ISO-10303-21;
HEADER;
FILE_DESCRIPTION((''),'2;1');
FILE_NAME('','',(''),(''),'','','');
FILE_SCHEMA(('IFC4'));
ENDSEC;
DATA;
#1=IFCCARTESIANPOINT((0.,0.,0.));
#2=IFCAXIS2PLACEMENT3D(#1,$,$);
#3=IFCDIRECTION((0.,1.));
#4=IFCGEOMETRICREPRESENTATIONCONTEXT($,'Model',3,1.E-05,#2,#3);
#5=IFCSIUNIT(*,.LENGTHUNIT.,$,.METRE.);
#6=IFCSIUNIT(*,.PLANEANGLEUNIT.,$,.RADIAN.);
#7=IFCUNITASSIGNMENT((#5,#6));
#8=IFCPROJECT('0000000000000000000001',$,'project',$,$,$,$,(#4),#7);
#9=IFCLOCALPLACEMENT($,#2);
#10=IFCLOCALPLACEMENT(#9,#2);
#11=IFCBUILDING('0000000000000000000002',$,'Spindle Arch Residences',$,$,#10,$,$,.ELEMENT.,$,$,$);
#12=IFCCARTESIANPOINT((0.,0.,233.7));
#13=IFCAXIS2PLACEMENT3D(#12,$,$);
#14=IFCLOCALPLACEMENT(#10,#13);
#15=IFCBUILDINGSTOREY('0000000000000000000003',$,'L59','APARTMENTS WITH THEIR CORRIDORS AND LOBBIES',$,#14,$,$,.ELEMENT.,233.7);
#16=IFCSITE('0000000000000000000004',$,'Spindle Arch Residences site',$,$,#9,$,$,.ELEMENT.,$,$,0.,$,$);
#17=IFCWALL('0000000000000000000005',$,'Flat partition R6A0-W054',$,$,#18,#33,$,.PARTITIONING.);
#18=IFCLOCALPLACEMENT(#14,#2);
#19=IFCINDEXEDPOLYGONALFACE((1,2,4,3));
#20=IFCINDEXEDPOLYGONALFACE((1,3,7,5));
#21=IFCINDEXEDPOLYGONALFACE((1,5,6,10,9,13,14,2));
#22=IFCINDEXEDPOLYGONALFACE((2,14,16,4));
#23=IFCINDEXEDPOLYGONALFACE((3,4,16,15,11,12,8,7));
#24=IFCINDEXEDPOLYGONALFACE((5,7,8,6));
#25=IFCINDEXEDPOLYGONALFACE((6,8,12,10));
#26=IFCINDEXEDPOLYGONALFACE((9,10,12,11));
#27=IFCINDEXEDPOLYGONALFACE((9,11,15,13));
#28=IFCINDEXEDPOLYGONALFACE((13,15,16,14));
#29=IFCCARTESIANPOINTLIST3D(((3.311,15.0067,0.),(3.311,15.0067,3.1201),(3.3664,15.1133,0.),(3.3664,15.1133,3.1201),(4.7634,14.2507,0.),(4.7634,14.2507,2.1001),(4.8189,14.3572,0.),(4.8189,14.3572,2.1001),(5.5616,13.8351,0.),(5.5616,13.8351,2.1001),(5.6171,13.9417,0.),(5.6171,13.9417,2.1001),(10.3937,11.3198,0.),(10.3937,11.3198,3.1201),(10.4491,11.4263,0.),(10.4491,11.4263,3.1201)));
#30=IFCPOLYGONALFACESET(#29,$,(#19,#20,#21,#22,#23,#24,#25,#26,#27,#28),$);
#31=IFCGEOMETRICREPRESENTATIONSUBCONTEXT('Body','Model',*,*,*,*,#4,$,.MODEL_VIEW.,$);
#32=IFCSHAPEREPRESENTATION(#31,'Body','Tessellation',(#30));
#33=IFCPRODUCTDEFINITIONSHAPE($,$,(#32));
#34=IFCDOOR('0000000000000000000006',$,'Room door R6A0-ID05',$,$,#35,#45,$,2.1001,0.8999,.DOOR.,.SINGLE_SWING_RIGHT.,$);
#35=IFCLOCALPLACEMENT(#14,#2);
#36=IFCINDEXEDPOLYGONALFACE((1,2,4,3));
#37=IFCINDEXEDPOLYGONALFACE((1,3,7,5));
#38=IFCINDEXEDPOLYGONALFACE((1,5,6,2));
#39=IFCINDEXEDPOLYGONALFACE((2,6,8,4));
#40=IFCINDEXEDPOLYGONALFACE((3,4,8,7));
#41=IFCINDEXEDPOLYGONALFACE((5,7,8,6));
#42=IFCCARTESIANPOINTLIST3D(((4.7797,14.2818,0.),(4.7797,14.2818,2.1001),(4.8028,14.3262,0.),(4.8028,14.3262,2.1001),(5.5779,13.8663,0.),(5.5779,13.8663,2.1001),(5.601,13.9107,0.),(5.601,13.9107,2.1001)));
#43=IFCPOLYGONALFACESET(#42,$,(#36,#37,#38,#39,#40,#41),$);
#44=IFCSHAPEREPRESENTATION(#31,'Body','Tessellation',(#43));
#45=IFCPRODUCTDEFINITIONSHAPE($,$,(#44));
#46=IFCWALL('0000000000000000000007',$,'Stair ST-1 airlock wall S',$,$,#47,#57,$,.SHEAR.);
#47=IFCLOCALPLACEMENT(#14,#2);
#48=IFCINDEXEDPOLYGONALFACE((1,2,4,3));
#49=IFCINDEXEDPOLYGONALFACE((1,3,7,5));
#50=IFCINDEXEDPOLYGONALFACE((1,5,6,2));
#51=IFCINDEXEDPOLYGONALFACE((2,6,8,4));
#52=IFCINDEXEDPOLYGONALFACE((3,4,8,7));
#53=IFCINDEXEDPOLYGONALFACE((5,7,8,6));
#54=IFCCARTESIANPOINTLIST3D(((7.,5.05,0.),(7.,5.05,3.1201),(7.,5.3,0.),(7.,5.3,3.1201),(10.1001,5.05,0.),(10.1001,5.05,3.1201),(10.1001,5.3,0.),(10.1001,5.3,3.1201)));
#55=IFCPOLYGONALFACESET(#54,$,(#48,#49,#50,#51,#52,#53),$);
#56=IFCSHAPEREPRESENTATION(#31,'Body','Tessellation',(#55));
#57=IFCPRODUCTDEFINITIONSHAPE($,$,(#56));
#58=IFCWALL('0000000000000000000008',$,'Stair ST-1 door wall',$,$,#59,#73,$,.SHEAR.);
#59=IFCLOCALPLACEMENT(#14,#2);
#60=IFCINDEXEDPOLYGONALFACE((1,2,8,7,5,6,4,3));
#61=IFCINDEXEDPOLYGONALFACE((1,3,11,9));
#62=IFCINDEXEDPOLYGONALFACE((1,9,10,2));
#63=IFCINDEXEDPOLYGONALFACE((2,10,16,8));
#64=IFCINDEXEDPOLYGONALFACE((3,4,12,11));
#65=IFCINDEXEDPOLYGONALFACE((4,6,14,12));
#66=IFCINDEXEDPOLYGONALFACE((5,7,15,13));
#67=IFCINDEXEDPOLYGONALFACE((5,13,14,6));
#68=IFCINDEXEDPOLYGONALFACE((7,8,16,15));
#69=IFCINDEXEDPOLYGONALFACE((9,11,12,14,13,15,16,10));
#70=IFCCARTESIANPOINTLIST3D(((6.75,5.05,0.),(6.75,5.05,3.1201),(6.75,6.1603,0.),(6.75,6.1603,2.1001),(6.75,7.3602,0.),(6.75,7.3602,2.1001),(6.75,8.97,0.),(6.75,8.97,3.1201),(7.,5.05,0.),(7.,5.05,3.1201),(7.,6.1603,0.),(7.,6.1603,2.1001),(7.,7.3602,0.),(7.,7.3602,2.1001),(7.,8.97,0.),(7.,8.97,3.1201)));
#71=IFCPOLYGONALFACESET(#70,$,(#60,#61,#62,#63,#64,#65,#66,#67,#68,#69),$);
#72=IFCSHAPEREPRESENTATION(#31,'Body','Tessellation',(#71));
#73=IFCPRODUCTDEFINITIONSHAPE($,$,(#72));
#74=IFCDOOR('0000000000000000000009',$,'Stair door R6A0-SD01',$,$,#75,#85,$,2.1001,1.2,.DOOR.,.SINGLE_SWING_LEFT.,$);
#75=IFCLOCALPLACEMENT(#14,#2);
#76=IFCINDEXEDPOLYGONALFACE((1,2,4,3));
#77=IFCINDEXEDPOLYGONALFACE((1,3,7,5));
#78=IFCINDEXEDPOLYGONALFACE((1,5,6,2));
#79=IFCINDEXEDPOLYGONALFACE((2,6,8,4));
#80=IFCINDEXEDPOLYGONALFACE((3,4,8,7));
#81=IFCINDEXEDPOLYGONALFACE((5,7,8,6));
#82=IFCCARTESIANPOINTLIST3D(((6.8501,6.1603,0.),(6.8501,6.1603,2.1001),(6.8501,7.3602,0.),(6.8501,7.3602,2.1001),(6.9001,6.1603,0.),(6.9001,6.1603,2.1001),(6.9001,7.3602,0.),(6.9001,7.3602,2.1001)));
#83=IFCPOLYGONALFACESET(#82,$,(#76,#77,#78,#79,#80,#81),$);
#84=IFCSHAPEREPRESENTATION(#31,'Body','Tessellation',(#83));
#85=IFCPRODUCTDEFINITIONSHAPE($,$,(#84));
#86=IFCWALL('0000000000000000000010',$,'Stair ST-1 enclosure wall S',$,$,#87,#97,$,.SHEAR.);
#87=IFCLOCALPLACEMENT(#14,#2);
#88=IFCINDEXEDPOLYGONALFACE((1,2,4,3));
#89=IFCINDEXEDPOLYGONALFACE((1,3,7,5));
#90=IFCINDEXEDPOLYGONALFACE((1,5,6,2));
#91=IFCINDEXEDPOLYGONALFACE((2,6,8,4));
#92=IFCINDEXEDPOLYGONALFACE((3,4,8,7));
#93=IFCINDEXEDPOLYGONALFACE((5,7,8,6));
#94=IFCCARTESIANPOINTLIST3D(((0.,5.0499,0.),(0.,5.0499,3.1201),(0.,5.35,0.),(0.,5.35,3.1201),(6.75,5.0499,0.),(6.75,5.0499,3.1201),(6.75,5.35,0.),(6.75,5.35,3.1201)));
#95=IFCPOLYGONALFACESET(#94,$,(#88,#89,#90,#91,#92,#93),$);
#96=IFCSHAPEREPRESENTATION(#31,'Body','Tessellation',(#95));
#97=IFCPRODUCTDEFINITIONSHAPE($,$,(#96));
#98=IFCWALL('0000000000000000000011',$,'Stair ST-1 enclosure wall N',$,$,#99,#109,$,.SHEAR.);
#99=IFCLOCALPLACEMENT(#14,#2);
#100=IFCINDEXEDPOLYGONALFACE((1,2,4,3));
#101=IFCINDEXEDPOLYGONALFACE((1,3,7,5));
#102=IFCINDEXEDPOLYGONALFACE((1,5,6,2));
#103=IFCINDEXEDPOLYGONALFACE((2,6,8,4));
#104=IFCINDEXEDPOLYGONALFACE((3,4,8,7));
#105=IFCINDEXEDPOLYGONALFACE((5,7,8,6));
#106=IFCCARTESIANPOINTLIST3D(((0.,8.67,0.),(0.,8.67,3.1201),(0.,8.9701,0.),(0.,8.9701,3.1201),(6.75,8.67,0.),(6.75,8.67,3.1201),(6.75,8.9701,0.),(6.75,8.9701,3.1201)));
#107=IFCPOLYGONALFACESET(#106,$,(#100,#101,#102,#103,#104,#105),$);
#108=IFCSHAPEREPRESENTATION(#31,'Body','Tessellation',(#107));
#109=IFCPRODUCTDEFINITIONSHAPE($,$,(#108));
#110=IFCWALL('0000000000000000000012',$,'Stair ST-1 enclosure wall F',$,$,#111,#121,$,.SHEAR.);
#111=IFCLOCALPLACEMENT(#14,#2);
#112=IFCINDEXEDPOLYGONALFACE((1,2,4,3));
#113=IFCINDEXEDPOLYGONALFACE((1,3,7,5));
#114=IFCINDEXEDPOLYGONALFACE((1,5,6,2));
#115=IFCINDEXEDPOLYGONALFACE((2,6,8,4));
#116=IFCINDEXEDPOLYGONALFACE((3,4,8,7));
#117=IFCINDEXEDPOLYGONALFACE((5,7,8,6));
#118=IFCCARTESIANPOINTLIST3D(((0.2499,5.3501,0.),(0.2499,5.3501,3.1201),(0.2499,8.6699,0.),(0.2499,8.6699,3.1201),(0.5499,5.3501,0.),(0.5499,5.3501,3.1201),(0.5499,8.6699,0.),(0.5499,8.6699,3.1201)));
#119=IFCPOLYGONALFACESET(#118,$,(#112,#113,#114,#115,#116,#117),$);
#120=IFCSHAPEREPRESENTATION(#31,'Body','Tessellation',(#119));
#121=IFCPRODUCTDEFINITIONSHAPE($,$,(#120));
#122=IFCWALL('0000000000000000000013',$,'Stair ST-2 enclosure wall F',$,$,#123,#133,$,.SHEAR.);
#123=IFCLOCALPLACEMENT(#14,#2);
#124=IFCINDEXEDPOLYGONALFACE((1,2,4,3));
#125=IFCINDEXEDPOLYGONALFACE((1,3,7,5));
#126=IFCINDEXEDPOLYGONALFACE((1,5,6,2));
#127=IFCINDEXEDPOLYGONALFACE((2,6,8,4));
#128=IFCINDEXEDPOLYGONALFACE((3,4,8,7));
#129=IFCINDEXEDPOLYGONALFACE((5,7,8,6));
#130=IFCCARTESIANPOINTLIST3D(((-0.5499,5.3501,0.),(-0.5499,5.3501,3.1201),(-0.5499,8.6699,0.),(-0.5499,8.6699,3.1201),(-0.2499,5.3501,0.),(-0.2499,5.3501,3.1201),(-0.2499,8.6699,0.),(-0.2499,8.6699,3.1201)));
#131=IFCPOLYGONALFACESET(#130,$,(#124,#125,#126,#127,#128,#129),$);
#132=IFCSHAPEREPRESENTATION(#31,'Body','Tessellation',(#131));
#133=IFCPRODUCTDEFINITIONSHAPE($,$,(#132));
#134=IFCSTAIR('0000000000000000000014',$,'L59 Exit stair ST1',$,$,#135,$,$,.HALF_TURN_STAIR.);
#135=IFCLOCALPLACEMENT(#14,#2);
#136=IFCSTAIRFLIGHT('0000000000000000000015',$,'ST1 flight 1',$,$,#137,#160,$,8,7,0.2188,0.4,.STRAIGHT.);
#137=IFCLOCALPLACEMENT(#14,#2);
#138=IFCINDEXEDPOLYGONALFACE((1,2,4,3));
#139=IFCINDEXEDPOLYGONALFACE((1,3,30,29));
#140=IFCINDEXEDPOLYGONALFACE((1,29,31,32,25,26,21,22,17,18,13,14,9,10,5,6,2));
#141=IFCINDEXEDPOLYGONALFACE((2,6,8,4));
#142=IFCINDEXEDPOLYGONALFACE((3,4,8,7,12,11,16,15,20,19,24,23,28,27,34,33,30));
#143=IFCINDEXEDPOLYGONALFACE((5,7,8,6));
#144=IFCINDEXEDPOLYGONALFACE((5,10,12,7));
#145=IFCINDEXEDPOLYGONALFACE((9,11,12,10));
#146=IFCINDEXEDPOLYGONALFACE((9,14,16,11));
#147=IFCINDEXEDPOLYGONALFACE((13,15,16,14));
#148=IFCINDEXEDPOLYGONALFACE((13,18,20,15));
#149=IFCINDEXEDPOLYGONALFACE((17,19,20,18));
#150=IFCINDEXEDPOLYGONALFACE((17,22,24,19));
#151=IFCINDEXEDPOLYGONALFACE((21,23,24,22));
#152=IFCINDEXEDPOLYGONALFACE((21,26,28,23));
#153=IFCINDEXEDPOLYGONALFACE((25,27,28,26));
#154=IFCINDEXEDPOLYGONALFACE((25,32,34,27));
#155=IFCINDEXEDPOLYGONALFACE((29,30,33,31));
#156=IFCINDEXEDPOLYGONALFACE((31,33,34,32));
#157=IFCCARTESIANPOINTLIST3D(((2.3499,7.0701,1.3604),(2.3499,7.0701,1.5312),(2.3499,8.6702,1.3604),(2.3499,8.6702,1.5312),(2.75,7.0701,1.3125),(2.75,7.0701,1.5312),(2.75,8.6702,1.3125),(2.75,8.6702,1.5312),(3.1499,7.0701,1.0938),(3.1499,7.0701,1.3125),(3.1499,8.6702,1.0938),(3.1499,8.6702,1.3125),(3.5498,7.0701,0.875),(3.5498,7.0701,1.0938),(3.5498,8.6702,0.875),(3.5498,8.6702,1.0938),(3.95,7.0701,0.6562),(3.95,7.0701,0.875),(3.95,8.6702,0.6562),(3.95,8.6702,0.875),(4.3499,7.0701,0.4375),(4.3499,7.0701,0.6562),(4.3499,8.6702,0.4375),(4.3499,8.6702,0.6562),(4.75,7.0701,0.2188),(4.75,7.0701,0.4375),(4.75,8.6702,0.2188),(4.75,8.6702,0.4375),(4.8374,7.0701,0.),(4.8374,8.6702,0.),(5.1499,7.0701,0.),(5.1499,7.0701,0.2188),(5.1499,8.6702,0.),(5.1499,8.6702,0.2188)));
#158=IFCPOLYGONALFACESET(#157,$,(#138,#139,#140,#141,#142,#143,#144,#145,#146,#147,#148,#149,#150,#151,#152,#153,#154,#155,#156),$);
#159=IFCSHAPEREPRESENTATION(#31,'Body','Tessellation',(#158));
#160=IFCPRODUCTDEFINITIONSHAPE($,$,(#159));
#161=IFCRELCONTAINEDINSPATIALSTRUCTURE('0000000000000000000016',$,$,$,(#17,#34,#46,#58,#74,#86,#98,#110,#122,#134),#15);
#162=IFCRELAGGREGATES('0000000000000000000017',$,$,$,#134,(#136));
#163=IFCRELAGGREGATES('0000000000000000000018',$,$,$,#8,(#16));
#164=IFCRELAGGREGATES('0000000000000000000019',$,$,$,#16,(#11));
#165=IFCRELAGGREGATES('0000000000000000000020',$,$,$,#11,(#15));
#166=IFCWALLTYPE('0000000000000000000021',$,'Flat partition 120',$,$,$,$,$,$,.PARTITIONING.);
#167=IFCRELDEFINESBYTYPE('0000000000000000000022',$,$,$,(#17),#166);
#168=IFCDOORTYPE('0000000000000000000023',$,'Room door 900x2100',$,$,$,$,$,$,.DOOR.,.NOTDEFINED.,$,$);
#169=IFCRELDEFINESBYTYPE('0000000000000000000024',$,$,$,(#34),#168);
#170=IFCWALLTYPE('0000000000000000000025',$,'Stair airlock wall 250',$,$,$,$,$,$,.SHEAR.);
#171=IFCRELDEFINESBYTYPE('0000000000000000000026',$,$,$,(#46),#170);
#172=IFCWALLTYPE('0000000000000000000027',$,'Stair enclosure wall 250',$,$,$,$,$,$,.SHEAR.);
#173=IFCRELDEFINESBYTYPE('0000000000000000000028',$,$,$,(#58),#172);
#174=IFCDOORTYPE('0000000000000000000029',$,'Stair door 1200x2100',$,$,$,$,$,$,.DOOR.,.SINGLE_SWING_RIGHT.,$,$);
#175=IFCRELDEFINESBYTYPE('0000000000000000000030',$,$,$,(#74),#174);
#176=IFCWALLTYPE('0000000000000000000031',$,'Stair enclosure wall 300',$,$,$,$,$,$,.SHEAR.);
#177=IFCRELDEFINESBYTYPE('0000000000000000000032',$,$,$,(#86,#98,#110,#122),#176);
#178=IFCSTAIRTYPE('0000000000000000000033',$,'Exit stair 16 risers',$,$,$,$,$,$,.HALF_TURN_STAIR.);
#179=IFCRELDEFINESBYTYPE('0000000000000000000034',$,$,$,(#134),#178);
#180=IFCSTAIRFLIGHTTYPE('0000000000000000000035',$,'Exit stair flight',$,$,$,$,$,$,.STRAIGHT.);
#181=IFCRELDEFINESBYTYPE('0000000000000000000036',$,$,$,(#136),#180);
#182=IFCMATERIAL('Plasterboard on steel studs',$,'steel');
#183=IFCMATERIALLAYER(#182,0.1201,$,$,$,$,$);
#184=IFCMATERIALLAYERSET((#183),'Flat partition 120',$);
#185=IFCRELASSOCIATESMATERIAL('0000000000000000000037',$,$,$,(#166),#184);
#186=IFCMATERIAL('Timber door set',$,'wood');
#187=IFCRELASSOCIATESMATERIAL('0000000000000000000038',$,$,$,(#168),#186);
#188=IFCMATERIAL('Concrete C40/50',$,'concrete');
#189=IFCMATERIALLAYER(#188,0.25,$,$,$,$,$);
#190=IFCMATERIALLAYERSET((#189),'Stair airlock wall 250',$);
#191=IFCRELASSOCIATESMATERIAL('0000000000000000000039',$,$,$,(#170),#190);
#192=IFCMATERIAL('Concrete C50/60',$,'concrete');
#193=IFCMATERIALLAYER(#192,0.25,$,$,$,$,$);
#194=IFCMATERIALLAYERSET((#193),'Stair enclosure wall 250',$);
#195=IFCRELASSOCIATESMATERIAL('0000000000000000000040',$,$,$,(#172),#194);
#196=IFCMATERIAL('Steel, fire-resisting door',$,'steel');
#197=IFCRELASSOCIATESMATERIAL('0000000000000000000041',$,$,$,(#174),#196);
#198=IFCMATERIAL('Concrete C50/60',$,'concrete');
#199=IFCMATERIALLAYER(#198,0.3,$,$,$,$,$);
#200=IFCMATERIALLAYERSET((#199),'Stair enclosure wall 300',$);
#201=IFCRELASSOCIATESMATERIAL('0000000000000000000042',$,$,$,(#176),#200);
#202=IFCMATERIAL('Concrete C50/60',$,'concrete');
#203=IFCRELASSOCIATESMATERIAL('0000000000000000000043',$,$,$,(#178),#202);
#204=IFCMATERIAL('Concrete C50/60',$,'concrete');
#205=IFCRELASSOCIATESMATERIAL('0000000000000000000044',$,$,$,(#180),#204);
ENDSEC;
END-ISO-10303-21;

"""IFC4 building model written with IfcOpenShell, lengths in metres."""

from ifc_helpers import new_model, si_unit, direction, frame, frame_2d, origin, place, context, subcontext, project, spatial, polyline, rectangle, outline, extrude, material, layer, layer_set, type_object, element, fill, aggregate, save


model = new_model("IFC4")

# Units and contexts
model_context = context("Model", 3, precision=1e-05, world=origin(), true_north=direction((0.0, 1.0)))
body_context = subcontext(model_context, "Body", "Model", "MODEL_VIEW")
ifc_project = project(units=[si_unit("LENGTHUNIT", "METRE"), si_unit("PLANEANGLEUNIT", "RADIAN")], contexts=[model_context])

# Site, building, storey
site_placement = place(None, origin())
site = spatial("IfcSite", under=ifc_project, at=site_placement, Name="Spindle Arch Residences site", CompositionType="ELEMENT", RefElevation=0.0)
building_placement = place(site_placement, origin())
building = spatial("IfcBuilding", under=site, at=building_placement, Name="Spindle Arch Residences", CompositionType="ELEMENT")
storey_placement = place(building_placement, frame((0.0, 0.0, 233.7)))
storey = spatial("IfcBuildingStorey", under=building, at=storey_placement, Name="L59", Description="APARTMENTS WITH THEIR CORRIDORS AND LOBBIES", CompositionType="ELEMENT", Elevation=233.7)

# Wall, opening, door
ifc_material_1 = material(Name="Plasterboard on steel studs", Category="steel")
ifc_layer_1 = layer(ifc_material_1, 0.1201)
ifc_layer_set_1 = layer_set([ifc_layer_1], Name="Flat partition 120")
wall_type_1 = type_object("IfcWallType", Name="Flat partition 120", PredefinedType="PARTITIONING", material=ifc_layer_set_1)
ifc_material_2 = material(Name="Timber door set", Category="wood")
door_type_1 = type_object("IfcDoorType", Name="Room door 900x2100", OperationType="NOTDEFINED", PredefinedType="DOOR", material=ifc_material_2)
wall_1_placement = place(storey_placement, frame((10.4214, 11.373, 0.0), z_axis=(0.0, 0.0, 1.0), x_axis=(-0.887013, 0.461745, 0.0)))
wall_1 = element("IfcWall", 1, at=wall_1_placement, inside=storey, type_object=wall_type_1, Name="Flat partition R6A0-W054", PredefinedType="PARTITIONING", context=body_context, shape_type="SweptSolid", body=[
    extrude(rectangle(XDim=7.9849, YDim=0.1201, at=frame_2d((3.9924, 0.0))), origin(), (0.0, 0.0, 1.0), 3.1201),
])
opening_1_placement = place(wall_1_placement, frame((5.4475, 0.0, 0.0)))
opening_1 = element("IfcOpeningElement", 2, at=opening_1_placement, cuts=wall_1, PredefinedType="OPENING", context=body_context, shape_type="SweptSolid", body=[
    extrude(rectangle(XDim=0.8999, YDim=2.1001, at=frame_2d((0.45, 1.05))), frame((0.0, 0.0701, 0.0), z_axis=(0.0, -1.0, 0.0), x_axis=(1.0, 0.0, 0.0)), (0.0, 0.0, 1.0), 0.1401),
])
door_1_placement = place(opening_1_placement, origin())
door_1 = element("IfcDoor", 3, at=door_1_placement, inside=storey, type_object=door_type_1, Name="Room door R6A0-ID05", OperationType="SINGLE_SWING_RIGHT", OverallHeight=2.1001, OverallWidth=0.8999, PredefinedType="DOOR", context=body_context, shape_type="SweptSolid", body=[
    extrude(rectangle(XDim=0.8999, YDim=2.1001, at=frame_2d((0.45, 1.05))), frame((0.0, 0.0249, 0.0), z_axis=(0.0, -1.0, 0.0), x_axis=(1.0, 0.0, 0.0)), (0.0, 0.0, 1.0), 0.05),
])
fill(opening_1, door_1)

# Wall
ifc_material_3 = material(Name="Concrete C40/50", Category="concrete")
ifc_layer_2 = layer(ifc_material_3, 0.25)
ifc_layer_set_2 = layer_set([ifc_layer_2], Name="Stair airlock wall 250")
wall_type_2 = type_object("IfcWallType", Name="Stair airlock wall 250", PredefinedType="SHEAR", material=ifc_layer_set_2)
wall_2_placement = place(storey_placement, frame((7.0, 5.175, 0.0), z_axis=(0.0, 0.0, 1.0), x_axis=(1.0, 0.0, 0.0)))
element("IfcWall", 4, at=wall_2_placement, inside=storey, type_object=wall_type_2, Name="Stair ST-1 airlock wall S", PredefinedType="SHEAR", context=body_context, shape_type="SweptSolid", body=[
    extrude(rectangle(XDim=3.1001, YDim=0.25, at=frame_2d((1.55, 0.0))), origin(), (0.0, 0.0, 1.0), 3.1201),
])

# Wall, opening, door
ifc_material_4 = material(Name="Concrete C50/60", Category="concrete")
ifc_layer_3 = layer(ifc_material_4, 0.25)
ifc_layer_set_3 = layer_set([ifc_layer_3], Name="Stair enclosure wall 250")
wall_type_3 = type_object("IfcWallType", Name="Stair enclosure wall 250", PredefinedType="SHEAR", material=ifc_layer_set_3)
wall_3_placement = place(storey_placement, frame((6.875, 5.05, 0.0), z_axis=(0.0, 0.0, 1.0), x_axis=(0.0, 1.0, 0.0)))
wall_3 = element("IfcWall", 5, at=wall_3_placement, inside=storey, type_object=wall_type_3, Name="Stair ST-1 door wall", PredefinedType="SHEAR", context=body_context, shape_type="SweptSolid", body=[
    extrude(rectangle(XDim=3.9199, YDim=0.25, at=frame_2d((1.96, 0.0))), origin(), (0.0, 0.0, 1.0), 3.1201),
])
opening_2_placement = place(wall_3_placement, frame((1.1101, 0.0, 0.0)))
opening_2 = element("IfcOpeningElement", 6, at=opening_2_placement, cuts=wall_3, PredefinedType="OPENING", context=body_context, shape_type="SweptSolid", body=[
    extrude(rectangle(XDim=1.2, YDim=2.1001, at=frame_2d((0.6001, 1.05))), frame((0.0, 0.135, 0.0), z_axis=(0.0, -1.0, 0.0), x_axis=(1.0, 0.0, 0.0)), (0.0, 0.0, 1.0), 0.27),
])
ifc_material_5 = material(Name="Steel, fire-resisting door", Category="steel")
door_type_2 = type_object("IfcDoorType", Name="Stair door 1200x2100", OperationType="SINGLE_SWING_RIGHT", PredefinedType="DOOR", material=ifc_material_5)
door_2_placement = place(opening_2_placement, origin())
door_2 = element("IfcDoor", 7, at=door_2_placement, inside=storey, type_object=door_type_2, Name="Stair door R6A0-SD01", OperationType="SINGLE_SWING_LEFT", OverallHeight=2.1001, OverallWidth=1.2, PredefinedType="DOOR", context=body_context, shape_type="SweptSolid", body=[
    extrude(rectangle(XDim=1.2, YDim=2.1001, at=frame_2d((0.6001, 1.05))), frame((0.0, 0.0249, 0.0), z_axis=(0.0, -1.0, 0.0), x_axis=(1.0, 0.0, 0.0)), (0.0, 0.0, 1.0), 0.05),
])
fill(opening_2, door_2)

# Walls
ifc_material_6 = material(Name="Concrete C50/60", Category="concrete")
ifc_layer_4 = layer(ifc_material_6, 0.3)
ifc_layer_set_4 = layer_set([ifc_layer_4], Name="Stair enclosure wall 300")
wall_type_4 = type_object("IfcWallType", Name="Stair enclosure wall 300", PredefinedType="SHEAR", material=ifc_layer_set_4)
for number, where, z_axis, x_axis, name in (
    (8, (0.0, 5.2, 0.0), (0.0, 0.0, 1.0), (1.0, 0.0, 0.0), "Stair ST-1 enclosure wall S"),
    (9, (0.0, 8.8201, 0.0), (0.0, 0.0, 1.0), (1.0, 0.0, 0.0), "Stair ST-1 enclosure wall N"),
):
    element("IfcWall", number, at=place(storey_placement, frame(where, z_axis=z_axis, x_axis=x_axis)), inside=storey, type_object=wall_type_4, Name=name, PredefinedType="SHEAR", context=body_context, shape_type="SweptSolid", body=[
        extrude(rectangle(XDim=6.75, YDim=0.3, at=frame_2d((3.375, 0.0))), origin(), (0.0, 0.0, 1.0), 3.1201),
    ])
for number, where, z_axis, x_axis, name in (
    (10, (0.3999, 5.3501, 0.0), (0.0, 0.0, 1.0), (0.0, 1.0, 0.0), "Stair ST-1 enclosure wall F"),
    (11, (-0.3999, 5.3501, 0.0), (0.0, 0.0, 1.0), (0.0, 1.0, 0.0), "Stair ST-2 enclosure wall F"),
):
    element("IfcWall", number, at=place(storey_placement, frame(where, z_axis=z_axis, x_axis=x_axis)), inside=storey, type_object=wall_type_4, Name=name, PredefinedType="SHEAR", context=body_context, shape_type="SweptSolid", body=[
        extrude(rectangle(XDim=3.3198, YDim=0.3, at=frame_2d((1.6599, 0.0))), origin(), (0.0, 0.0, 1.0), 3.1201),
    ])

# Stair, stair flight
ifc_material_7 = material(Name="Concrete C50/60", Category="concrete")
stair_type = type_object("IfcStairType", Name="Exit stair 16 risers", PredefinedType="HALF_TURN_STAIR", material=ifc_material_7)
stair_1_placement = place(storey_placement, origin())
stair_1 = element("IfcStair", 12, at=stair_1_placement, inside=storey, type_object=stair_type, Name="L59 Exit stair ST1", PredefinedType="HALF_TURN_STAIR")
ifc_material_8 = material(Name="Concrete C50/60", Category="concrete")
stair_flight_type = type_object("IfcStairFlightType", Name="Exit stair flight", PredefinedType="STRAIGHT", material=ifc_material_8)
stair_flight_1_placement = place(storey_placement, frame((5.1499, 7.8701, 0.0), z_axis=(0.0, 0.0, 1.0), x_axis=(-1.0, 0.0, 0.0)))
stair_flight_1 = element("IfcStairFlight", 13, at=stair_flight_1_placement, type_object=stair_flight_type, Name="ST1 flight 1", NumberOfRisers=8, NumberOfTreads=7, PredefinedType="STRAIGHT", RiserHeight=0.2188, TreadLength=0.4, context=body_context, shape_type="SweptSolid", body=[
    extrude(outline(polyline([(0.0, 0.0), (0.0, 0.2188), (0.3999, 0.2188), (0.3999, 0.4375), (0.8, 0.4375), (0.8, 0.6562), (1.2, 0.6562), (1.2, 0.875), (1.6001, 0.875), (1.6001, 1.0938), (2.0, 1.0938), (2.0, 1.3125), (2.3999, 1.3125), (2.3999, 1.5312), (2.8, 1.5312), (2.8, 1.75), (2.8, 1.3604), (0.3125, 0.0), (0.0, 0.0)])), frame((0.0, 0.8, 0.0), z_axis=(0.0, -1.0, 0.0), x_axis=(1.0, 0.0, 0.0)), (0.0, 0.0, 1.0), 1.6001),
])
aggregate(stair_1, [stair_flight_1])

save(model, "model.ifc")
